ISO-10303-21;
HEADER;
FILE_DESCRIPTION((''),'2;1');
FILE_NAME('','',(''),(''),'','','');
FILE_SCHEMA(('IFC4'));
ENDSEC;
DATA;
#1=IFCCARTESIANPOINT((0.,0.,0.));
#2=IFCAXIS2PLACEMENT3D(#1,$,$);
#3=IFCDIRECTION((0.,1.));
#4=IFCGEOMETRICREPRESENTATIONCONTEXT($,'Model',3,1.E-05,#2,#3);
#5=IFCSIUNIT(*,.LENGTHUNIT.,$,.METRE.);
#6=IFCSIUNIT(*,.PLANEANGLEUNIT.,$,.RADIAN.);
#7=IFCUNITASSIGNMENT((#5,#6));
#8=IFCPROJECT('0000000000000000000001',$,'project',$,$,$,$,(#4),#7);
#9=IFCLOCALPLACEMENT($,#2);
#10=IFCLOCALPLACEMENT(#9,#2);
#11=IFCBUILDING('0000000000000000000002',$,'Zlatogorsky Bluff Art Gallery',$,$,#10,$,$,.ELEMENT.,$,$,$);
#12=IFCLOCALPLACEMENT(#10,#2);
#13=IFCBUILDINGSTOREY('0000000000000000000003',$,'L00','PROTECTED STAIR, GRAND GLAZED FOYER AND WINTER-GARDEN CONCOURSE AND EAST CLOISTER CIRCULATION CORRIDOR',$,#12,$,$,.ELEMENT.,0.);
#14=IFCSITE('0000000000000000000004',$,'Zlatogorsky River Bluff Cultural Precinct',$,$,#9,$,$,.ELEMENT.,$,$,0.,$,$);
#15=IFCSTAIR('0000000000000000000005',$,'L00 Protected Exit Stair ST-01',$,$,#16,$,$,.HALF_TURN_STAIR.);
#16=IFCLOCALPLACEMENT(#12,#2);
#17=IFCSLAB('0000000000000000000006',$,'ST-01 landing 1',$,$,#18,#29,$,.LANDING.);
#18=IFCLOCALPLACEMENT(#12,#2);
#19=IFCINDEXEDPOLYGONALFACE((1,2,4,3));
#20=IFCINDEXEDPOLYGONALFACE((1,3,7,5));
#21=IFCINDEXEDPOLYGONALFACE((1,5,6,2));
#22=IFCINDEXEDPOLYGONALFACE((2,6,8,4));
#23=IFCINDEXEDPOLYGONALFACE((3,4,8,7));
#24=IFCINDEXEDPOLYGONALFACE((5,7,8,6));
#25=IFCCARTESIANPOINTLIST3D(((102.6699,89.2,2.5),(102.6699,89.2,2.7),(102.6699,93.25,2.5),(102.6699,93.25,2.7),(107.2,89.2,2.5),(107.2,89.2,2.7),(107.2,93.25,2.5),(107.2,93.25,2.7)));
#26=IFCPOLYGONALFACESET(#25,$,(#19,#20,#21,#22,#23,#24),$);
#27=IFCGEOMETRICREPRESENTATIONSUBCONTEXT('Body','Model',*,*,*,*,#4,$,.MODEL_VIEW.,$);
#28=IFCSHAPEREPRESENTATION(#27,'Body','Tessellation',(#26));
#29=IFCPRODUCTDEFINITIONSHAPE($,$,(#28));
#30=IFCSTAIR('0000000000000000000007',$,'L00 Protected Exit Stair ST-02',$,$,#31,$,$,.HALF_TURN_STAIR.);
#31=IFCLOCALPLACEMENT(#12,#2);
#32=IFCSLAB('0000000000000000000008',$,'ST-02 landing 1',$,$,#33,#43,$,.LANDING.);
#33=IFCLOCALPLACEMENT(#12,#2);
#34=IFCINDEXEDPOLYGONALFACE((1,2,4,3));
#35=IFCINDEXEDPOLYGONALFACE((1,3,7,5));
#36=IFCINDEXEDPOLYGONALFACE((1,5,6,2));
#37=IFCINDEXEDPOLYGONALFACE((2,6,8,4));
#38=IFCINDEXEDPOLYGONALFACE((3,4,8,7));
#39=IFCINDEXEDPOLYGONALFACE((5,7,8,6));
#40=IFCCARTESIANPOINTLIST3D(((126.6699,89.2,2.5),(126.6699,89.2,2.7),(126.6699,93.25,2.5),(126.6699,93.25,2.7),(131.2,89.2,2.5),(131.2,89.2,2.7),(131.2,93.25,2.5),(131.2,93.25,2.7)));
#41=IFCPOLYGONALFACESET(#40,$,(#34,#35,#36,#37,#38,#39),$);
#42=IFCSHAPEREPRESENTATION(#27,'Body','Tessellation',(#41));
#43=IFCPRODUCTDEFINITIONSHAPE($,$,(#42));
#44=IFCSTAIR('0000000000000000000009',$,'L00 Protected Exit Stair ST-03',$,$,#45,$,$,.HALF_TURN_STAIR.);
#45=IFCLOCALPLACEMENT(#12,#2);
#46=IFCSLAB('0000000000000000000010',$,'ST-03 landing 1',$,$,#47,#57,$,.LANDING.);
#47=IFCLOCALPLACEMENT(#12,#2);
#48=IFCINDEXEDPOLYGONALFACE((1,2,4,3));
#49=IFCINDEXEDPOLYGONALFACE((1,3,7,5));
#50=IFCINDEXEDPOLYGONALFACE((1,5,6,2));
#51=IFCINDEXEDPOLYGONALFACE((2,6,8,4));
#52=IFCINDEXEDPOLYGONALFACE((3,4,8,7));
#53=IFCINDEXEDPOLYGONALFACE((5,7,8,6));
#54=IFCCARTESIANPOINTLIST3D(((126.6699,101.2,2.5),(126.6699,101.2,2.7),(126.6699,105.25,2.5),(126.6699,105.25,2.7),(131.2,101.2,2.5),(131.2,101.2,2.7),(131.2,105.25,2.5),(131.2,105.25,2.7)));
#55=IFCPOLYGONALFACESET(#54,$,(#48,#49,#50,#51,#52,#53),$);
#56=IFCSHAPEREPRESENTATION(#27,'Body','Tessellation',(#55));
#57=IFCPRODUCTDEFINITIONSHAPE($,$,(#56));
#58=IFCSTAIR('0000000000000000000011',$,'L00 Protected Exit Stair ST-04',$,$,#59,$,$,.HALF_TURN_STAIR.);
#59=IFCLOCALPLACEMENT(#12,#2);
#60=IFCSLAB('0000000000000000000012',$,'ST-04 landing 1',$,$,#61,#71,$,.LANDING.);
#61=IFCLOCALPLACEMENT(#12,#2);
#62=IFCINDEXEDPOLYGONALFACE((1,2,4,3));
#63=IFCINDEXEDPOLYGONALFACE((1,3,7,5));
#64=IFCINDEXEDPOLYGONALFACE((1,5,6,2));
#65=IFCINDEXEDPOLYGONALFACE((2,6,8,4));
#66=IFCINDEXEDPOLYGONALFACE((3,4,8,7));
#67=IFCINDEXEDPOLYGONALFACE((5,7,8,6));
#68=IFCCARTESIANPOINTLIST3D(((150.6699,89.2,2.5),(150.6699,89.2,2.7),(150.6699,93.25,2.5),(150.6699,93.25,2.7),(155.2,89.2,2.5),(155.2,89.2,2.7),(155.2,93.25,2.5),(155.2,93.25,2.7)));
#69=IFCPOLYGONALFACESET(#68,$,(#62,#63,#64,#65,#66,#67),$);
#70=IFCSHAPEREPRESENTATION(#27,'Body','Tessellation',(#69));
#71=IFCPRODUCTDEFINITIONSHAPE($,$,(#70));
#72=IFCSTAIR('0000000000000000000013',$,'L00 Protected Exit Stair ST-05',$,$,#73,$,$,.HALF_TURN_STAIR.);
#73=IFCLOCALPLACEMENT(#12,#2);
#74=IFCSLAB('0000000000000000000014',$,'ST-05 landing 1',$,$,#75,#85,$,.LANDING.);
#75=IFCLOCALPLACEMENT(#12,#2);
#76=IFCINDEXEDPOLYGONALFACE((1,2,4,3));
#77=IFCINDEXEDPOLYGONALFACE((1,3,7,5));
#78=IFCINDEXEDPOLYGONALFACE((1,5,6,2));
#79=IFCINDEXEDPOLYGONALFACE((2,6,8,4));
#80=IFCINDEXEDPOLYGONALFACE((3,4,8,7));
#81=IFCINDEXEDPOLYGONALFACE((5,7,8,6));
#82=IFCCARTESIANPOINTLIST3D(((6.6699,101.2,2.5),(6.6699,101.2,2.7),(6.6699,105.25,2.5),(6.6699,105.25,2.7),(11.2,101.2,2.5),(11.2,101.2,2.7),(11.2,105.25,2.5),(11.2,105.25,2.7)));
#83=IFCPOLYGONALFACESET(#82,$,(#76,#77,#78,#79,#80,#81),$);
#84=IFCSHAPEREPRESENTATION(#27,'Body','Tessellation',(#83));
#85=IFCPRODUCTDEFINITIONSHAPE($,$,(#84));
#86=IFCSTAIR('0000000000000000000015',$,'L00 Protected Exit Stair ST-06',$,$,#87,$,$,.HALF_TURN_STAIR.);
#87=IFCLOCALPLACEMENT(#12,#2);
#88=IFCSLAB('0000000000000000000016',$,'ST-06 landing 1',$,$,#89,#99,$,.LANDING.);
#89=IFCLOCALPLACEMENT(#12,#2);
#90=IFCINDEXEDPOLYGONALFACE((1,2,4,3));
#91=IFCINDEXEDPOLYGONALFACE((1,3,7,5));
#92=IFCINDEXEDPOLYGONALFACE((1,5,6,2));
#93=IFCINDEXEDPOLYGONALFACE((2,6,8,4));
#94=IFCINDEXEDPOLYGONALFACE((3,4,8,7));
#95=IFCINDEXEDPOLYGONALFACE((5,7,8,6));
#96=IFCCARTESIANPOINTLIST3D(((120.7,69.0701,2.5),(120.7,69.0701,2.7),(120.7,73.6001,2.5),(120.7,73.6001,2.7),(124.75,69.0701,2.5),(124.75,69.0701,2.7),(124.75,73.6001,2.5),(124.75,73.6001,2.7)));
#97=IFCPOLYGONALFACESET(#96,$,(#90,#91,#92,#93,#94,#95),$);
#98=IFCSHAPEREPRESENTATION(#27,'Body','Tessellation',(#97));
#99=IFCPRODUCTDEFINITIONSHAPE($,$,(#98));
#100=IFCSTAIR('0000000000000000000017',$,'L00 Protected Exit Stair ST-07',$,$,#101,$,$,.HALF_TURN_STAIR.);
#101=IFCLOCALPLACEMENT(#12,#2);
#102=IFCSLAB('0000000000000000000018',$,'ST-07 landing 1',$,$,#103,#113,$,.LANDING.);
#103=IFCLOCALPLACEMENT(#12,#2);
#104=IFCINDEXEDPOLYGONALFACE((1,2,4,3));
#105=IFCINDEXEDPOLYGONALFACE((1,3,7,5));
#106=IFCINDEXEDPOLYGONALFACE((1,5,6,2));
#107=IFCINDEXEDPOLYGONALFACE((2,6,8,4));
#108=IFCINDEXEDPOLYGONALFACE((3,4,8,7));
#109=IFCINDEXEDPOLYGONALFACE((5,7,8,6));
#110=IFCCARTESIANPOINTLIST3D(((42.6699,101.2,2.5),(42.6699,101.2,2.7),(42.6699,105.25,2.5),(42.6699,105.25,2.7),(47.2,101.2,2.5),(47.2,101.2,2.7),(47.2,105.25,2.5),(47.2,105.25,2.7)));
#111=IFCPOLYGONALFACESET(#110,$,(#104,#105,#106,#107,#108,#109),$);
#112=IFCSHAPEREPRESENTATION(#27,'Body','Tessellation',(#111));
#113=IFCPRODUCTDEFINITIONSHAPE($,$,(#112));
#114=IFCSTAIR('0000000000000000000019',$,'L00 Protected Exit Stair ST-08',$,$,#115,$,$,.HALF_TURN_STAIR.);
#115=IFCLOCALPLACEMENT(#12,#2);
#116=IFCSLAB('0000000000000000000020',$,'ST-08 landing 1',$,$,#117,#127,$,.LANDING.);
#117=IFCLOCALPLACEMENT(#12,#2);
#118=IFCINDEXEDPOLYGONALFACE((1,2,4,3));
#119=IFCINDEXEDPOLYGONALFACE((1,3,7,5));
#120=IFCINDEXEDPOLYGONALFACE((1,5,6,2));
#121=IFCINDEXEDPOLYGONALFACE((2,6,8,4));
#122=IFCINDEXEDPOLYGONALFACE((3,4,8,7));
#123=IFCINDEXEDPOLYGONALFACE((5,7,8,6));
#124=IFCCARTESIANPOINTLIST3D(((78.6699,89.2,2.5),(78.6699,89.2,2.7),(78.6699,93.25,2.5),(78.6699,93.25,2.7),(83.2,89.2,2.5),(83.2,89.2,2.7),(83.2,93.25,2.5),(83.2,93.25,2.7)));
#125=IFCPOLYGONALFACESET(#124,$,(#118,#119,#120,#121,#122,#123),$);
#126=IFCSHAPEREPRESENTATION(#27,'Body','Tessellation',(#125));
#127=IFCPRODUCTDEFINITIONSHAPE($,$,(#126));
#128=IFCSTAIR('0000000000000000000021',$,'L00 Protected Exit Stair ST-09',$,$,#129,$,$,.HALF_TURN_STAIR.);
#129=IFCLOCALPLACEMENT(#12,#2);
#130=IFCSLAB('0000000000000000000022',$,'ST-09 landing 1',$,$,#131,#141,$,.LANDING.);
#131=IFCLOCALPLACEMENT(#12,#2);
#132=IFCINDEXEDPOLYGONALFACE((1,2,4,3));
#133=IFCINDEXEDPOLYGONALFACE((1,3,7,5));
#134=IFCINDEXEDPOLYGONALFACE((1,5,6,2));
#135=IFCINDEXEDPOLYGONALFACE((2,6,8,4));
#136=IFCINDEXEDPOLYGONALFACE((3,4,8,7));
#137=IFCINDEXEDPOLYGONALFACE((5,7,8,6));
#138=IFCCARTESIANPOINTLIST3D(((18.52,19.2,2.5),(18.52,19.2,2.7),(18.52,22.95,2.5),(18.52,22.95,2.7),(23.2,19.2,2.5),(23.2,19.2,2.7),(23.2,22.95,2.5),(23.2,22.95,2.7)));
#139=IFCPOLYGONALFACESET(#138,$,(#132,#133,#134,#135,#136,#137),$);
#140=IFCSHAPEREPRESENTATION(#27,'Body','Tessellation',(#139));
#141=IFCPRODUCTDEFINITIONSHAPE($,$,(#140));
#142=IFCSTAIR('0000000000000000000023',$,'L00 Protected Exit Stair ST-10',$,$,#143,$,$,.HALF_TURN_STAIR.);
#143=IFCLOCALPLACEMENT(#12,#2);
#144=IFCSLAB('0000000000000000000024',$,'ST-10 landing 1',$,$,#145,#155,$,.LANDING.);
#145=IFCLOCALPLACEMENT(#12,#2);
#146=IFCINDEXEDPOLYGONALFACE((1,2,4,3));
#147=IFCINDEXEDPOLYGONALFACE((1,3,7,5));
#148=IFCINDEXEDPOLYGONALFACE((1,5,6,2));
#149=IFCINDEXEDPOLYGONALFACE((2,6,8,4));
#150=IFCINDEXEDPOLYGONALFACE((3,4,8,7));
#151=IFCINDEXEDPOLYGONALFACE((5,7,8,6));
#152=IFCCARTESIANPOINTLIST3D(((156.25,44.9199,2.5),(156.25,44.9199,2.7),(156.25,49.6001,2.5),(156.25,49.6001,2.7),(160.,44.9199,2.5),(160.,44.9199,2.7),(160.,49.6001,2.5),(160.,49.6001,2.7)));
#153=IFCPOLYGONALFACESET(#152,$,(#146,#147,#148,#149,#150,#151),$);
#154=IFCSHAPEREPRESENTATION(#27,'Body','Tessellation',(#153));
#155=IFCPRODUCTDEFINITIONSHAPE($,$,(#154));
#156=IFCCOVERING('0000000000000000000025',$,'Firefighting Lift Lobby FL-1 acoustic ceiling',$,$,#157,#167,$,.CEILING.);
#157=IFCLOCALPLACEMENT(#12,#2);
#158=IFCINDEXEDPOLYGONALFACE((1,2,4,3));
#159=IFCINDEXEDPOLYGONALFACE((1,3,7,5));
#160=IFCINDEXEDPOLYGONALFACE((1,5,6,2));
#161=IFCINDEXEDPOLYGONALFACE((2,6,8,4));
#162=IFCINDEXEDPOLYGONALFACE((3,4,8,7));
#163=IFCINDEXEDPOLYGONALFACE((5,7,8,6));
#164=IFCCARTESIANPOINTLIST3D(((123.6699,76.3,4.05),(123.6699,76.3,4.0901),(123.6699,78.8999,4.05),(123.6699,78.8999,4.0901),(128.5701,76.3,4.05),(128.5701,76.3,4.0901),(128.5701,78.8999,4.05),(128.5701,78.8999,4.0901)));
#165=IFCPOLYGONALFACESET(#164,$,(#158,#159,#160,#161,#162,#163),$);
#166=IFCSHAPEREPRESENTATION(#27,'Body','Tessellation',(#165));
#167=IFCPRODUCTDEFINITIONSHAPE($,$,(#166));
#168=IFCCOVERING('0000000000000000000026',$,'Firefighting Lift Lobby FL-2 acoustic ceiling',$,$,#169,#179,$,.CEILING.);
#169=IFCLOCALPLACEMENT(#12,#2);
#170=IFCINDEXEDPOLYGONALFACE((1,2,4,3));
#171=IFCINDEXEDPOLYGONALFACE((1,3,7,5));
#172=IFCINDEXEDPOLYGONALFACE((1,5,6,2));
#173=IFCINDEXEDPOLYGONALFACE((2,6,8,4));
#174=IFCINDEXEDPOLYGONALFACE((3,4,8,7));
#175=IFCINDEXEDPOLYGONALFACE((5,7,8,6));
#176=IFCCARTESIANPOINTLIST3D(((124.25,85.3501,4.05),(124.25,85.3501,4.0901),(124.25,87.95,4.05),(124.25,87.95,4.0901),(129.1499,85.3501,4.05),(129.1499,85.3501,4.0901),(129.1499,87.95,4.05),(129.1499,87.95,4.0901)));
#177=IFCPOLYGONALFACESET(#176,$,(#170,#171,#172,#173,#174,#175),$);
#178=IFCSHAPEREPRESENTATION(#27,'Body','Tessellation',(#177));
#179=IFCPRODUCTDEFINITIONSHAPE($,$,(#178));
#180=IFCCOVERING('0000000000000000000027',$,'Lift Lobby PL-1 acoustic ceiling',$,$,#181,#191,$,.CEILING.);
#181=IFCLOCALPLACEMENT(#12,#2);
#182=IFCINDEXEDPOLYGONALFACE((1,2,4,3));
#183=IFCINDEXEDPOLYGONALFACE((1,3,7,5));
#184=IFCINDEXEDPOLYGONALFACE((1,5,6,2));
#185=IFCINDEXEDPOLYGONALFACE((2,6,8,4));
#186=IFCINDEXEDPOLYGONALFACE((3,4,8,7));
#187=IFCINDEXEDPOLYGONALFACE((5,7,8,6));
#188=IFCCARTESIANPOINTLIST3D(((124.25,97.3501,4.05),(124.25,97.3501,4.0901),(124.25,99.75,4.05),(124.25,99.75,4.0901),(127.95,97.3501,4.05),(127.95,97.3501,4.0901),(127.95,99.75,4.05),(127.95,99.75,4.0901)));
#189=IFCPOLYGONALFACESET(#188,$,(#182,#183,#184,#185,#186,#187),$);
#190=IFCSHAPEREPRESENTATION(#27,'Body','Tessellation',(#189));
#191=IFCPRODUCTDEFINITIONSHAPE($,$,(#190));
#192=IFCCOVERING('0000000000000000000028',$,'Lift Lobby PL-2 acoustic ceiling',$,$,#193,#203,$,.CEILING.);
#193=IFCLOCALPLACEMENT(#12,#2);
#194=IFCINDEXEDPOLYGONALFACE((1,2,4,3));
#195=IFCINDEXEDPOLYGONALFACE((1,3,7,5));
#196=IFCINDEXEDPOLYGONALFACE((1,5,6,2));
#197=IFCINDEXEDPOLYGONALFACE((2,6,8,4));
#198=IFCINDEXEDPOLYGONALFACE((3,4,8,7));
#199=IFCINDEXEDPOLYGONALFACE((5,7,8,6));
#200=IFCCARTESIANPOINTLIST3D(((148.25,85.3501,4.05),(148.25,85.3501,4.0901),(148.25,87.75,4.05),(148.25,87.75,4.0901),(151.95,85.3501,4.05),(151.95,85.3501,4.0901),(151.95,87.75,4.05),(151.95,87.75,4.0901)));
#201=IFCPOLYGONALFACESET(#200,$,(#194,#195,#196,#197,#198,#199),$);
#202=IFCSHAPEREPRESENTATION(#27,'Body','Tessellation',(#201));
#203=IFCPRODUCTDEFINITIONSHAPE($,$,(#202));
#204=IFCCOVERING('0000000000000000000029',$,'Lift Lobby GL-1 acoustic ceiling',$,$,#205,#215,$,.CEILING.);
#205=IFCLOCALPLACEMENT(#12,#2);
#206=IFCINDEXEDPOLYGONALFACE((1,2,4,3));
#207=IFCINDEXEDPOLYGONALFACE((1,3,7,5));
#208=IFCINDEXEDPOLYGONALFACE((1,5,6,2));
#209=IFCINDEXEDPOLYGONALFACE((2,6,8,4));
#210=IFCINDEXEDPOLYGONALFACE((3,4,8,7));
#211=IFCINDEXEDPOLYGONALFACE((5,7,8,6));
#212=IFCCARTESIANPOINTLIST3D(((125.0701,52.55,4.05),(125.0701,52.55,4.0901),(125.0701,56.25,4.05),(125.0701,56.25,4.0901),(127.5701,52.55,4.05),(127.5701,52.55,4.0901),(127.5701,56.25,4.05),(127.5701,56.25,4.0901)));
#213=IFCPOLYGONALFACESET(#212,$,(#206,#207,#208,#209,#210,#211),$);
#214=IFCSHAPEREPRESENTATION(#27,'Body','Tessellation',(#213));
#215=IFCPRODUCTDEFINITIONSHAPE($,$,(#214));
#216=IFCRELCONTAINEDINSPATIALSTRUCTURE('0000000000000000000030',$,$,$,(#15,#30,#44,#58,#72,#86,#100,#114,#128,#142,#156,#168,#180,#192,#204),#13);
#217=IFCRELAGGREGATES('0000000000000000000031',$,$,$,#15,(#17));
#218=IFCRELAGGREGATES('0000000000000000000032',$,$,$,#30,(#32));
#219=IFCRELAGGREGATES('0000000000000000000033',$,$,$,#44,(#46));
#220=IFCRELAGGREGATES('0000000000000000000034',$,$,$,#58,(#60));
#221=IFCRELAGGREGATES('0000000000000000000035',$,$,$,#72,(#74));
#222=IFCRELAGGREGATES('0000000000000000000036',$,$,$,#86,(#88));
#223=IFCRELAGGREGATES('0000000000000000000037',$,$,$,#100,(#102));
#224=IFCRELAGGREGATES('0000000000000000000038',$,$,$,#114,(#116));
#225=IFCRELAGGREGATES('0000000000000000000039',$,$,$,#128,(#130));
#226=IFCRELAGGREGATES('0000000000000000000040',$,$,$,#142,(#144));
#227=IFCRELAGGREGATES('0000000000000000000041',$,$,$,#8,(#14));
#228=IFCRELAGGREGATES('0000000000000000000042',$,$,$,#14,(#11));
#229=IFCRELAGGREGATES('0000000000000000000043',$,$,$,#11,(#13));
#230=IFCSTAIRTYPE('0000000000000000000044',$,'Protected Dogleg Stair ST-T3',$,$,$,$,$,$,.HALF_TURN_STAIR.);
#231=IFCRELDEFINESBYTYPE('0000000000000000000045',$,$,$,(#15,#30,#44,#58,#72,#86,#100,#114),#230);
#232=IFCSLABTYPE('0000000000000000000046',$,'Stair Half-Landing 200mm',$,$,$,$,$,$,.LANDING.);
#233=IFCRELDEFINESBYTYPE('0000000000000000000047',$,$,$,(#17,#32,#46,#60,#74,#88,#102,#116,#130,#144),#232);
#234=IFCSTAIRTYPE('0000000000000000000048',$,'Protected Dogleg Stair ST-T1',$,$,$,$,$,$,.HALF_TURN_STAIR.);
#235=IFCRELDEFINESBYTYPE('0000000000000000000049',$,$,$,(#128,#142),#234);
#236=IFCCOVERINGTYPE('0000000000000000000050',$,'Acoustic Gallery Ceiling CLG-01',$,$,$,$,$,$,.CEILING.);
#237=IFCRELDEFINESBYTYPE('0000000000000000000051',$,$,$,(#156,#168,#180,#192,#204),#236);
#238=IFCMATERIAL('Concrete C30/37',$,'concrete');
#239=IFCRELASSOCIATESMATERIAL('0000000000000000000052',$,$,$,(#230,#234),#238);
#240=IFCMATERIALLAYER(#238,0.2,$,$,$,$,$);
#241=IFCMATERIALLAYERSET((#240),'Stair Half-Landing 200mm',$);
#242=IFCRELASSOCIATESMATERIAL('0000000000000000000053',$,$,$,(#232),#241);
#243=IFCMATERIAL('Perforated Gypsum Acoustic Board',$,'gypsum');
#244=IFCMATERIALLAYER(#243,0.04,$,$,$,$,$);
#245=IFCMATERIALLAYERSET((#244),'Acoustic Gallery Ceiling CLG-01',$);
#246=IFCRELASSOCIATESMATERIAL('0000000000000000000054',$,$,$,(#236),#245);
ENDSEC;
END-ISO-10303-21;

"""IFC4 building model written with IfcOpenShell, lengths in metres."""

from ifc_helpers import new_model, si_unit, direction, frame, origin, place, context, subcontext, project, spatial, polyline, outline, extrude, material, layer, layer_set, type_object, element, aggregate, save


model = new_model("IFC4")

# Units and contexts
model_context = context("Model", 3, precision=1e-05, world=origin(), true_north=direction((0.0, 1.0)))
body_context = subcontext(model_context, "Body", "Model", "MODEL_VIEW")
ifc_project = project(units=[si_unit("LENGTHUNIT", "METRE"), si_unit("PLANEANGLEUNIT", "RADIAN")], contexts=[model_context])

# Site, building, storey
site_placement = place(None, origin())
site = spatial("IfcSite", under=ifc_project, at=site_placement, Name="Zlatogorsky River Bluff Cultural Precinct", CompositionType="ELEMENT", RefElevation=0.0)
building_placement = place(site_placement, origin())
building = spatial("IfcBuilding", under=site, at=building_placement, Name="Zlatogorsky Bluff Art Gallery", CompositionType="ELEMENT")
storey_placement = place(building_placement, origin())
storey = spatial("IfcBuildingStorey", under=building, at=storey_placement, Name="L00", Description="PROTECTED STAIR, GRAND GLAZED FOYER AND WINTER-GARDEN CONCOURSE AND EAST CLOISTER CIRCULATION CORRIDOR", CompositionType="ELEMENT", Elevation=0.0)

# Stairs, slabs
ifc_material_1 = material(Name="Concrete C30/37", Category="concrete")
stair_type_1 = type_object("IfcStairType", Name="Protected Dogleg Stair ST-T3", PredefinedType="HALF_TURN_STAIR", material=ifc_material_1)
stair_1_placement = place(storey_placement, origin())
stair_1 = element("IfcStair", 1, at=stair_1_placement, inside=storey, type_object=stair_type_1, Name="L00 Protected Exit Stair ST-01", PredefinedType="HALF_TURN_STAIR")
ifc_layer_1 = layer(ifc_material_1, 0.2)
ifc_layer_set_1 = layer_set([ifc_layer_1], Name="Stair Half-Landing 200mm")
slab_type = type_object("IfcSlabType", Name="Stair Half-Landing 200mm", PredefinedType="LANDING", material=ifc_layer_set_1)
slab_1_placement = place(storey_placement, frame((0.0, 0.0, 2.5)))
slab_1 = element("IfcSlab", 2, at=slab_1_placement, type_object=slab_type, Name="ST-01 landing 1", PredefinedType="LANDING", context=body_context, shape_type="SweptSolid", body=[
    extrude(outline(polyline([(102.6699, 89.2), (107.2, 89.2), (107.2, 93.25), (102.6699, 93.25), (102.6699, 89.2)])), origin(), (0.0, 0.0, 1.0), 0.2),
])
aggregate(stair_1, [slab_1])
stair_2_placement = place(storey_placement, origin())
stair_2 = element("IfcStair", 3, at=stair_2_placement, inside=storey, type_object=stair_type_1, Name="L00 Protected Exit Stair ST-02", PredefinedType="HALF_TURN_STAIR")
slab_2_placement = place(storey_placement, frame((0.0, 0.0, 2.5)))
slab_2 = element("IfcSlab", 4, at=slab_2_placement, type_object=slab_type, Name="ST-02 landing 1", PredefinedType="LANDING", context=body_context, shape_type="SweptSolid", body=[
    extrude(outline(polyline([(126.6699, 89.2), (131.2, 89.2), (131.2, 93.25), (126.6699, 93.25), (126.6699, 89.2)])), origin(), (0.0, 0.0, 1.0), 0.2),
])
aggregate(stair_2, [slab_2])
stair_3_placement = place(storey_placement, origin())
stair_3 = element("IfcStair", 5, at=stair_3_placement, inside=storey, type_object=stair_type_1, Name="L00 Protected Exit Stair ST-03", PredefinedType="HALF_TURN_STAIR")
slab_3_placement = place(storey_placement, frame((0.0, 0.0, 2.5)))
slab_3 = element("IfcSlab", 6, at=slab_3_placement, type_object=slab_type, Name="ST-03 landing 1", PredefinedType="LANDING", context=body_context, shape_type="SweptSolid", body=[
    extrude(outline(polyline([(126.6699, 101.2), (131.2, 101.2), (131.2, 105.25), (126.6699, 105.25), (126.6699, 101.2)])), origin(), (0.0, 0.0, 1.0), 0.2),
])
aggregate(stair_3, [slab_3])
stair_4_placement = place(storey_placement, origin())
stair_4 = element("IfcStair", 7, at=stair_4_placement, inside=storey, type_object=stair_type_1, Name="L00 Protected Exit Stair ST-04", PredefinedType="HALF_TURN_STAIR")
slab_4_placement = place(storey_placement, frame((0.0, 0.0, 2.5)))
slab_4 = element("IfcSlab", 8, at=slab_4_placement, type_object=slab_type, Name="ST-04 landing 1", PredefinedType="LANDING", context=body_context, shape_type="SweptSolid", body=[
    extrude(outline(polyline([(150.6699, 89.2), (155.2, 89.2), (155.2, 93.25), (150.6699, 93.25), (150.6699, 89.2)])), origin(), (0.0, 0.0, 1.0), 0.2),
])
aggregate(stair_4, [slab_4])
stair_5_placement = place(storey_placement, origin())
stair_5 = element("IfcStair", 9, at=stair_5_placement, inside=storey, type_object=stair_type_1, Name="L00 Protected Exit Stair ST-05", PredefinedType="HALF_TURN_STAIR")
slab_5_placement = place(storey_placement, frame((0.0, 0.0, 2.5)))
slab_5 = element("IfcSlab", 10, at=slab_5_placement, type_object=slab_type, Name="ST-05 landing 1", PredefinedType="LANDING", context=body_context, shape_type="SweptSolid", body=[
    extrude(outline(polyline([(6.6699, 101.2), (11.2, 101.2), (11.2, 105.25), (6.6699, 105.25), (6.6699, 101.2)])), origin(), (0.0, 0.0, 1.0), 0.2),
])
aggregate(stair_5, [slab_5])
stair_6_placement = place(storey_placement, origin())
stair_6 = element("IfcStair", 11, at=stair_6_placement, inside=storey, type_object=stair_type_1, Name="L00 Protected Exit Stair ST-06", PredefinedType="HALF_TURN_STAIR")
slab_6_placement = place(storey_placement, frame((0.0, 0.0, 2.5)))
slab_6 = element("IfcSlab", 12, at=slab_6_placement, type_object=slab_type, Name="ST-06 landing 1", PredefinedType="LANDING", context=body_context, shape_type="SweptSolid", body=[
    extrude(outline(polyline([(124.75, 69.0701), (124.75, 73.6001), (120.7, 73.6001), (120.7, 69.0701), (124.75, 69.0701)])), origin(), (0.0, 0.0, 1.0), 0.2),
])
aggregate(stair_6, [slab_6])
stair_7_placement = place(storey_placement, origin())
stair_7 = element("IfcStair", 13, at=stair_7_placement, inside=storey, type_object=stair_type_1, Name="L00 Protected Exit Stair ST-07", PredefinedType="HALF_TURN_STAIR")
slab_7_placement = place(storey_placement, frame((0.0, 0.0, 2.5)))
slab_7 = element("IfcSlab", 14, at=slab_7_placement, type_object=slab_type, Name="ST-07 landing 1", PredefinedType="LANDING", context=body_context, shape_type="SweptSolid", body=[
    extrude(outline(polyline([(42.6699, 101.2), (47.2, 101.2), (47.2, 105.25), (42.6699, 105.25), (42.6699, 101.2)])), origin(), (0.0, 0.0, 1.0), 0.2),
])
aggregate(stair_7, [slab_7])
stair_8_placement = place(storey_placement, origin())
stair_8 = element("IfcStair", 15, at=stair_8_placement, inside=storey, type_object=stair_type_1, Name="L00 Protected Exit Stair ST-08", PredefinedType="HALF_TURN_STAIR")
slab_8_placement = place(storey_placement, frame((0.0, 0.0, 2.5)))
slab_8 = element("IfcSlab", 16, at=slab_8_placement, type_object=slab_type, Name="ST-08 landing 1", PredefinedType="LANDING", context=body_context, shape_type="SweptSolid", body=[
    extrude(outline(polyline([(78.6699, 89.2), (83.2, 89.2), (83.2, 93.25), (78.6699, 93.25), (78.6699, 89.2)])), origin(), (0.0, 0.0, 1.0), 0.2),
])
aggregate(stair_8, [slab_8])
stair_type_2 = type_object("IfcStairType", Name="Protected Dogleg Stair ST-T1", PredefinedType="HALF_TURN_STAIR", material=ifc_material_1)
stair_9_placement = place(storey_placement, origin())
stair_9 = element("IfcStair", 17, at=stair_9_placement, inside=storey, type_object=stair_type_2, Name="L00 Protected Exit Stair ST-09", PredefinedType="HALF_TURN_STAIR")
slab_9_placement = place(storey_placement, frame((0.0, 0.0, 2.5)))
slab_9 = element("IfcSlab", 18, at=slab_9_placement, type_object=slab_type, Name="ST-09 landing 1", PredefinedType="LANDING", context=body_context, shape_type="SweptSolid", body=[
    extrude(outline(polyline([(18.52, 19.2), (23.2, 19.2), (23.2, 22.95), (18.52, 22.95), (18.52, 19.2)])), origin(), (0.0, 0.0, 1.0), 0.2),
])
aggregate(stair_9, [slab_9])
stair_10_placement = place(storey_placement, origin())
stair_10 = element("IfcStair", 19, at=stair_10_placement, inside=storey, type_object=stair_type_2, Name="L00 Protected Exit Stair ST-10", PredefinedType="HALF_TURN_STAIR")
slab_10_placement = place(storey_placement, frame((0.0, 0.0, 2.5)))
slab_10 = element("IfcSlab", 20, at=slab_10_placement, type_object=slab_type, Name="ST-10 landing 1", PredefinedType="LANDING", context=body_context, shape_type="SweptSolid", body=[
    extrude(outline(polyline([(160.0, 44.9199), (160.0, 49.6001), (156.25, 49.6001), (156.25, 44.9199), (160.0, 44.9199)])), origin(), (0.0, 0.0, 1.0), 0.2),
])
aggregate(stair_10, [slab_10])

# Coverings
ifc_material_2 = material(Name="Perforated Gypsum Acoustic Board", Category="gypsum")
ifc_layer_2 = layer(ifc_material_2, 0.04)
ifc_layer_set_2 = layer_set([ifc_layer_2], Name="Acoustic Gallery Ceiling CLG-01")
covering_type_1 = type_object("IfcCoveringType", Name="Acoustic Gallery Ceiling CLG-01", PredefinedType="CEILING", material=ifc_layer_set_2)
covering_1_placement = place(storey_placement, frame((0.0, 0.0, 4.05)))
element("IfcCovering", 21, at=covering_1_placement, inside=storey, type_object=covering_type_1, Name="Firefighting Lift Lobby FL-1 acoustic ceiling", PredefinedType="CEILING", context=body_context, shape_type="SweptSolid", body=[
    extrude(outline(polyline([(128.5701, 78.8999), (128.5701, 76.3), (123.6699, 76.3), (123.6699, 78.8999), (128.5701, 78.8999)])), origin(), (0.0, 0.0, 1.0), 0.04),
])
covering_2_placement = place(storey_placement, frame((0.0, 0.0, 4.05)))
element("IfcCovering", 22, at=covering_2_placement, inside=storey, type_object=covering_type_1, Name="Firefighting Lift Lobby FL-2 acoustic ceiling", PredefinedType="CEILING", context=body_context, shape_type="SweptSolid", body=[
    extrude(outline(polyline([(129.1499, 87.95), (129.1499, 85.3501), (124.25, 85.3501), (124.25, 87.95), (129.1499, 87.95)])), origin(), (0.0, 0.0, 1.0), 0.04),
])
covering_3_placement = place(storey_placement, frame((0.0, 0.0, 4.05)))
element("IfcCovering", 23, at=covering_3_placement, inside=storey, type_object=covering_type_1, Name="Lift Lobby PL-1 acoustic ceiling", PredefinedType="CEILING", context=body_context, shape_type="SweptSolid", body=[
    extrude(outline(polyline([(127.95, 99.75), (127.95, 97.3501), (124.25, 97.3501), (124.25, 99.75), (127.95, 99.75)])), origin(), (0.0, 0.0, 1.0), 0.04),
])
covering_4_placement = place(storey_placement, frame((0.0, 0.0, 4.05)))
element("IfcCovering", 24, at=covering_4_placement, inside=storey, type_object=covering_type_1, Name="Lift Lobby PL-2 acoustic ceiling", PredefinedType="CEILING", context=body_context, shape_type="SweptSolid", body=[
    extrude(outline(polyline([(151.95, 87.75), (151.95, 85.3501), (148.25, 85.3501), (148.25, 87.75), (151.95, 87.75)])), origin(), (0.0, 0.0, 1.0), 0.04),
])
covering_5_placement = place(storey_placement, frame((0.0, 0.0, 4.05)))
element("IfcCovering", 25, at=covering_5_placement, inside=storey, type_object=covering_type_1, Name="Lift Lobby GL-1 acoustic ceiling", PredefinedType="CEILING", context=body_context, shape_type="SweptSolid", body=[
    extrude(outline(polyline([(125.0701, 52.55), (125.0701, 56.25), (127.5701, 56.25), (127.5701, 52.55), (125.0701, 52.55)])), origin(), (0.0, 0.0, 1.0), 0.04),
])

save(model, "model.ifc")
